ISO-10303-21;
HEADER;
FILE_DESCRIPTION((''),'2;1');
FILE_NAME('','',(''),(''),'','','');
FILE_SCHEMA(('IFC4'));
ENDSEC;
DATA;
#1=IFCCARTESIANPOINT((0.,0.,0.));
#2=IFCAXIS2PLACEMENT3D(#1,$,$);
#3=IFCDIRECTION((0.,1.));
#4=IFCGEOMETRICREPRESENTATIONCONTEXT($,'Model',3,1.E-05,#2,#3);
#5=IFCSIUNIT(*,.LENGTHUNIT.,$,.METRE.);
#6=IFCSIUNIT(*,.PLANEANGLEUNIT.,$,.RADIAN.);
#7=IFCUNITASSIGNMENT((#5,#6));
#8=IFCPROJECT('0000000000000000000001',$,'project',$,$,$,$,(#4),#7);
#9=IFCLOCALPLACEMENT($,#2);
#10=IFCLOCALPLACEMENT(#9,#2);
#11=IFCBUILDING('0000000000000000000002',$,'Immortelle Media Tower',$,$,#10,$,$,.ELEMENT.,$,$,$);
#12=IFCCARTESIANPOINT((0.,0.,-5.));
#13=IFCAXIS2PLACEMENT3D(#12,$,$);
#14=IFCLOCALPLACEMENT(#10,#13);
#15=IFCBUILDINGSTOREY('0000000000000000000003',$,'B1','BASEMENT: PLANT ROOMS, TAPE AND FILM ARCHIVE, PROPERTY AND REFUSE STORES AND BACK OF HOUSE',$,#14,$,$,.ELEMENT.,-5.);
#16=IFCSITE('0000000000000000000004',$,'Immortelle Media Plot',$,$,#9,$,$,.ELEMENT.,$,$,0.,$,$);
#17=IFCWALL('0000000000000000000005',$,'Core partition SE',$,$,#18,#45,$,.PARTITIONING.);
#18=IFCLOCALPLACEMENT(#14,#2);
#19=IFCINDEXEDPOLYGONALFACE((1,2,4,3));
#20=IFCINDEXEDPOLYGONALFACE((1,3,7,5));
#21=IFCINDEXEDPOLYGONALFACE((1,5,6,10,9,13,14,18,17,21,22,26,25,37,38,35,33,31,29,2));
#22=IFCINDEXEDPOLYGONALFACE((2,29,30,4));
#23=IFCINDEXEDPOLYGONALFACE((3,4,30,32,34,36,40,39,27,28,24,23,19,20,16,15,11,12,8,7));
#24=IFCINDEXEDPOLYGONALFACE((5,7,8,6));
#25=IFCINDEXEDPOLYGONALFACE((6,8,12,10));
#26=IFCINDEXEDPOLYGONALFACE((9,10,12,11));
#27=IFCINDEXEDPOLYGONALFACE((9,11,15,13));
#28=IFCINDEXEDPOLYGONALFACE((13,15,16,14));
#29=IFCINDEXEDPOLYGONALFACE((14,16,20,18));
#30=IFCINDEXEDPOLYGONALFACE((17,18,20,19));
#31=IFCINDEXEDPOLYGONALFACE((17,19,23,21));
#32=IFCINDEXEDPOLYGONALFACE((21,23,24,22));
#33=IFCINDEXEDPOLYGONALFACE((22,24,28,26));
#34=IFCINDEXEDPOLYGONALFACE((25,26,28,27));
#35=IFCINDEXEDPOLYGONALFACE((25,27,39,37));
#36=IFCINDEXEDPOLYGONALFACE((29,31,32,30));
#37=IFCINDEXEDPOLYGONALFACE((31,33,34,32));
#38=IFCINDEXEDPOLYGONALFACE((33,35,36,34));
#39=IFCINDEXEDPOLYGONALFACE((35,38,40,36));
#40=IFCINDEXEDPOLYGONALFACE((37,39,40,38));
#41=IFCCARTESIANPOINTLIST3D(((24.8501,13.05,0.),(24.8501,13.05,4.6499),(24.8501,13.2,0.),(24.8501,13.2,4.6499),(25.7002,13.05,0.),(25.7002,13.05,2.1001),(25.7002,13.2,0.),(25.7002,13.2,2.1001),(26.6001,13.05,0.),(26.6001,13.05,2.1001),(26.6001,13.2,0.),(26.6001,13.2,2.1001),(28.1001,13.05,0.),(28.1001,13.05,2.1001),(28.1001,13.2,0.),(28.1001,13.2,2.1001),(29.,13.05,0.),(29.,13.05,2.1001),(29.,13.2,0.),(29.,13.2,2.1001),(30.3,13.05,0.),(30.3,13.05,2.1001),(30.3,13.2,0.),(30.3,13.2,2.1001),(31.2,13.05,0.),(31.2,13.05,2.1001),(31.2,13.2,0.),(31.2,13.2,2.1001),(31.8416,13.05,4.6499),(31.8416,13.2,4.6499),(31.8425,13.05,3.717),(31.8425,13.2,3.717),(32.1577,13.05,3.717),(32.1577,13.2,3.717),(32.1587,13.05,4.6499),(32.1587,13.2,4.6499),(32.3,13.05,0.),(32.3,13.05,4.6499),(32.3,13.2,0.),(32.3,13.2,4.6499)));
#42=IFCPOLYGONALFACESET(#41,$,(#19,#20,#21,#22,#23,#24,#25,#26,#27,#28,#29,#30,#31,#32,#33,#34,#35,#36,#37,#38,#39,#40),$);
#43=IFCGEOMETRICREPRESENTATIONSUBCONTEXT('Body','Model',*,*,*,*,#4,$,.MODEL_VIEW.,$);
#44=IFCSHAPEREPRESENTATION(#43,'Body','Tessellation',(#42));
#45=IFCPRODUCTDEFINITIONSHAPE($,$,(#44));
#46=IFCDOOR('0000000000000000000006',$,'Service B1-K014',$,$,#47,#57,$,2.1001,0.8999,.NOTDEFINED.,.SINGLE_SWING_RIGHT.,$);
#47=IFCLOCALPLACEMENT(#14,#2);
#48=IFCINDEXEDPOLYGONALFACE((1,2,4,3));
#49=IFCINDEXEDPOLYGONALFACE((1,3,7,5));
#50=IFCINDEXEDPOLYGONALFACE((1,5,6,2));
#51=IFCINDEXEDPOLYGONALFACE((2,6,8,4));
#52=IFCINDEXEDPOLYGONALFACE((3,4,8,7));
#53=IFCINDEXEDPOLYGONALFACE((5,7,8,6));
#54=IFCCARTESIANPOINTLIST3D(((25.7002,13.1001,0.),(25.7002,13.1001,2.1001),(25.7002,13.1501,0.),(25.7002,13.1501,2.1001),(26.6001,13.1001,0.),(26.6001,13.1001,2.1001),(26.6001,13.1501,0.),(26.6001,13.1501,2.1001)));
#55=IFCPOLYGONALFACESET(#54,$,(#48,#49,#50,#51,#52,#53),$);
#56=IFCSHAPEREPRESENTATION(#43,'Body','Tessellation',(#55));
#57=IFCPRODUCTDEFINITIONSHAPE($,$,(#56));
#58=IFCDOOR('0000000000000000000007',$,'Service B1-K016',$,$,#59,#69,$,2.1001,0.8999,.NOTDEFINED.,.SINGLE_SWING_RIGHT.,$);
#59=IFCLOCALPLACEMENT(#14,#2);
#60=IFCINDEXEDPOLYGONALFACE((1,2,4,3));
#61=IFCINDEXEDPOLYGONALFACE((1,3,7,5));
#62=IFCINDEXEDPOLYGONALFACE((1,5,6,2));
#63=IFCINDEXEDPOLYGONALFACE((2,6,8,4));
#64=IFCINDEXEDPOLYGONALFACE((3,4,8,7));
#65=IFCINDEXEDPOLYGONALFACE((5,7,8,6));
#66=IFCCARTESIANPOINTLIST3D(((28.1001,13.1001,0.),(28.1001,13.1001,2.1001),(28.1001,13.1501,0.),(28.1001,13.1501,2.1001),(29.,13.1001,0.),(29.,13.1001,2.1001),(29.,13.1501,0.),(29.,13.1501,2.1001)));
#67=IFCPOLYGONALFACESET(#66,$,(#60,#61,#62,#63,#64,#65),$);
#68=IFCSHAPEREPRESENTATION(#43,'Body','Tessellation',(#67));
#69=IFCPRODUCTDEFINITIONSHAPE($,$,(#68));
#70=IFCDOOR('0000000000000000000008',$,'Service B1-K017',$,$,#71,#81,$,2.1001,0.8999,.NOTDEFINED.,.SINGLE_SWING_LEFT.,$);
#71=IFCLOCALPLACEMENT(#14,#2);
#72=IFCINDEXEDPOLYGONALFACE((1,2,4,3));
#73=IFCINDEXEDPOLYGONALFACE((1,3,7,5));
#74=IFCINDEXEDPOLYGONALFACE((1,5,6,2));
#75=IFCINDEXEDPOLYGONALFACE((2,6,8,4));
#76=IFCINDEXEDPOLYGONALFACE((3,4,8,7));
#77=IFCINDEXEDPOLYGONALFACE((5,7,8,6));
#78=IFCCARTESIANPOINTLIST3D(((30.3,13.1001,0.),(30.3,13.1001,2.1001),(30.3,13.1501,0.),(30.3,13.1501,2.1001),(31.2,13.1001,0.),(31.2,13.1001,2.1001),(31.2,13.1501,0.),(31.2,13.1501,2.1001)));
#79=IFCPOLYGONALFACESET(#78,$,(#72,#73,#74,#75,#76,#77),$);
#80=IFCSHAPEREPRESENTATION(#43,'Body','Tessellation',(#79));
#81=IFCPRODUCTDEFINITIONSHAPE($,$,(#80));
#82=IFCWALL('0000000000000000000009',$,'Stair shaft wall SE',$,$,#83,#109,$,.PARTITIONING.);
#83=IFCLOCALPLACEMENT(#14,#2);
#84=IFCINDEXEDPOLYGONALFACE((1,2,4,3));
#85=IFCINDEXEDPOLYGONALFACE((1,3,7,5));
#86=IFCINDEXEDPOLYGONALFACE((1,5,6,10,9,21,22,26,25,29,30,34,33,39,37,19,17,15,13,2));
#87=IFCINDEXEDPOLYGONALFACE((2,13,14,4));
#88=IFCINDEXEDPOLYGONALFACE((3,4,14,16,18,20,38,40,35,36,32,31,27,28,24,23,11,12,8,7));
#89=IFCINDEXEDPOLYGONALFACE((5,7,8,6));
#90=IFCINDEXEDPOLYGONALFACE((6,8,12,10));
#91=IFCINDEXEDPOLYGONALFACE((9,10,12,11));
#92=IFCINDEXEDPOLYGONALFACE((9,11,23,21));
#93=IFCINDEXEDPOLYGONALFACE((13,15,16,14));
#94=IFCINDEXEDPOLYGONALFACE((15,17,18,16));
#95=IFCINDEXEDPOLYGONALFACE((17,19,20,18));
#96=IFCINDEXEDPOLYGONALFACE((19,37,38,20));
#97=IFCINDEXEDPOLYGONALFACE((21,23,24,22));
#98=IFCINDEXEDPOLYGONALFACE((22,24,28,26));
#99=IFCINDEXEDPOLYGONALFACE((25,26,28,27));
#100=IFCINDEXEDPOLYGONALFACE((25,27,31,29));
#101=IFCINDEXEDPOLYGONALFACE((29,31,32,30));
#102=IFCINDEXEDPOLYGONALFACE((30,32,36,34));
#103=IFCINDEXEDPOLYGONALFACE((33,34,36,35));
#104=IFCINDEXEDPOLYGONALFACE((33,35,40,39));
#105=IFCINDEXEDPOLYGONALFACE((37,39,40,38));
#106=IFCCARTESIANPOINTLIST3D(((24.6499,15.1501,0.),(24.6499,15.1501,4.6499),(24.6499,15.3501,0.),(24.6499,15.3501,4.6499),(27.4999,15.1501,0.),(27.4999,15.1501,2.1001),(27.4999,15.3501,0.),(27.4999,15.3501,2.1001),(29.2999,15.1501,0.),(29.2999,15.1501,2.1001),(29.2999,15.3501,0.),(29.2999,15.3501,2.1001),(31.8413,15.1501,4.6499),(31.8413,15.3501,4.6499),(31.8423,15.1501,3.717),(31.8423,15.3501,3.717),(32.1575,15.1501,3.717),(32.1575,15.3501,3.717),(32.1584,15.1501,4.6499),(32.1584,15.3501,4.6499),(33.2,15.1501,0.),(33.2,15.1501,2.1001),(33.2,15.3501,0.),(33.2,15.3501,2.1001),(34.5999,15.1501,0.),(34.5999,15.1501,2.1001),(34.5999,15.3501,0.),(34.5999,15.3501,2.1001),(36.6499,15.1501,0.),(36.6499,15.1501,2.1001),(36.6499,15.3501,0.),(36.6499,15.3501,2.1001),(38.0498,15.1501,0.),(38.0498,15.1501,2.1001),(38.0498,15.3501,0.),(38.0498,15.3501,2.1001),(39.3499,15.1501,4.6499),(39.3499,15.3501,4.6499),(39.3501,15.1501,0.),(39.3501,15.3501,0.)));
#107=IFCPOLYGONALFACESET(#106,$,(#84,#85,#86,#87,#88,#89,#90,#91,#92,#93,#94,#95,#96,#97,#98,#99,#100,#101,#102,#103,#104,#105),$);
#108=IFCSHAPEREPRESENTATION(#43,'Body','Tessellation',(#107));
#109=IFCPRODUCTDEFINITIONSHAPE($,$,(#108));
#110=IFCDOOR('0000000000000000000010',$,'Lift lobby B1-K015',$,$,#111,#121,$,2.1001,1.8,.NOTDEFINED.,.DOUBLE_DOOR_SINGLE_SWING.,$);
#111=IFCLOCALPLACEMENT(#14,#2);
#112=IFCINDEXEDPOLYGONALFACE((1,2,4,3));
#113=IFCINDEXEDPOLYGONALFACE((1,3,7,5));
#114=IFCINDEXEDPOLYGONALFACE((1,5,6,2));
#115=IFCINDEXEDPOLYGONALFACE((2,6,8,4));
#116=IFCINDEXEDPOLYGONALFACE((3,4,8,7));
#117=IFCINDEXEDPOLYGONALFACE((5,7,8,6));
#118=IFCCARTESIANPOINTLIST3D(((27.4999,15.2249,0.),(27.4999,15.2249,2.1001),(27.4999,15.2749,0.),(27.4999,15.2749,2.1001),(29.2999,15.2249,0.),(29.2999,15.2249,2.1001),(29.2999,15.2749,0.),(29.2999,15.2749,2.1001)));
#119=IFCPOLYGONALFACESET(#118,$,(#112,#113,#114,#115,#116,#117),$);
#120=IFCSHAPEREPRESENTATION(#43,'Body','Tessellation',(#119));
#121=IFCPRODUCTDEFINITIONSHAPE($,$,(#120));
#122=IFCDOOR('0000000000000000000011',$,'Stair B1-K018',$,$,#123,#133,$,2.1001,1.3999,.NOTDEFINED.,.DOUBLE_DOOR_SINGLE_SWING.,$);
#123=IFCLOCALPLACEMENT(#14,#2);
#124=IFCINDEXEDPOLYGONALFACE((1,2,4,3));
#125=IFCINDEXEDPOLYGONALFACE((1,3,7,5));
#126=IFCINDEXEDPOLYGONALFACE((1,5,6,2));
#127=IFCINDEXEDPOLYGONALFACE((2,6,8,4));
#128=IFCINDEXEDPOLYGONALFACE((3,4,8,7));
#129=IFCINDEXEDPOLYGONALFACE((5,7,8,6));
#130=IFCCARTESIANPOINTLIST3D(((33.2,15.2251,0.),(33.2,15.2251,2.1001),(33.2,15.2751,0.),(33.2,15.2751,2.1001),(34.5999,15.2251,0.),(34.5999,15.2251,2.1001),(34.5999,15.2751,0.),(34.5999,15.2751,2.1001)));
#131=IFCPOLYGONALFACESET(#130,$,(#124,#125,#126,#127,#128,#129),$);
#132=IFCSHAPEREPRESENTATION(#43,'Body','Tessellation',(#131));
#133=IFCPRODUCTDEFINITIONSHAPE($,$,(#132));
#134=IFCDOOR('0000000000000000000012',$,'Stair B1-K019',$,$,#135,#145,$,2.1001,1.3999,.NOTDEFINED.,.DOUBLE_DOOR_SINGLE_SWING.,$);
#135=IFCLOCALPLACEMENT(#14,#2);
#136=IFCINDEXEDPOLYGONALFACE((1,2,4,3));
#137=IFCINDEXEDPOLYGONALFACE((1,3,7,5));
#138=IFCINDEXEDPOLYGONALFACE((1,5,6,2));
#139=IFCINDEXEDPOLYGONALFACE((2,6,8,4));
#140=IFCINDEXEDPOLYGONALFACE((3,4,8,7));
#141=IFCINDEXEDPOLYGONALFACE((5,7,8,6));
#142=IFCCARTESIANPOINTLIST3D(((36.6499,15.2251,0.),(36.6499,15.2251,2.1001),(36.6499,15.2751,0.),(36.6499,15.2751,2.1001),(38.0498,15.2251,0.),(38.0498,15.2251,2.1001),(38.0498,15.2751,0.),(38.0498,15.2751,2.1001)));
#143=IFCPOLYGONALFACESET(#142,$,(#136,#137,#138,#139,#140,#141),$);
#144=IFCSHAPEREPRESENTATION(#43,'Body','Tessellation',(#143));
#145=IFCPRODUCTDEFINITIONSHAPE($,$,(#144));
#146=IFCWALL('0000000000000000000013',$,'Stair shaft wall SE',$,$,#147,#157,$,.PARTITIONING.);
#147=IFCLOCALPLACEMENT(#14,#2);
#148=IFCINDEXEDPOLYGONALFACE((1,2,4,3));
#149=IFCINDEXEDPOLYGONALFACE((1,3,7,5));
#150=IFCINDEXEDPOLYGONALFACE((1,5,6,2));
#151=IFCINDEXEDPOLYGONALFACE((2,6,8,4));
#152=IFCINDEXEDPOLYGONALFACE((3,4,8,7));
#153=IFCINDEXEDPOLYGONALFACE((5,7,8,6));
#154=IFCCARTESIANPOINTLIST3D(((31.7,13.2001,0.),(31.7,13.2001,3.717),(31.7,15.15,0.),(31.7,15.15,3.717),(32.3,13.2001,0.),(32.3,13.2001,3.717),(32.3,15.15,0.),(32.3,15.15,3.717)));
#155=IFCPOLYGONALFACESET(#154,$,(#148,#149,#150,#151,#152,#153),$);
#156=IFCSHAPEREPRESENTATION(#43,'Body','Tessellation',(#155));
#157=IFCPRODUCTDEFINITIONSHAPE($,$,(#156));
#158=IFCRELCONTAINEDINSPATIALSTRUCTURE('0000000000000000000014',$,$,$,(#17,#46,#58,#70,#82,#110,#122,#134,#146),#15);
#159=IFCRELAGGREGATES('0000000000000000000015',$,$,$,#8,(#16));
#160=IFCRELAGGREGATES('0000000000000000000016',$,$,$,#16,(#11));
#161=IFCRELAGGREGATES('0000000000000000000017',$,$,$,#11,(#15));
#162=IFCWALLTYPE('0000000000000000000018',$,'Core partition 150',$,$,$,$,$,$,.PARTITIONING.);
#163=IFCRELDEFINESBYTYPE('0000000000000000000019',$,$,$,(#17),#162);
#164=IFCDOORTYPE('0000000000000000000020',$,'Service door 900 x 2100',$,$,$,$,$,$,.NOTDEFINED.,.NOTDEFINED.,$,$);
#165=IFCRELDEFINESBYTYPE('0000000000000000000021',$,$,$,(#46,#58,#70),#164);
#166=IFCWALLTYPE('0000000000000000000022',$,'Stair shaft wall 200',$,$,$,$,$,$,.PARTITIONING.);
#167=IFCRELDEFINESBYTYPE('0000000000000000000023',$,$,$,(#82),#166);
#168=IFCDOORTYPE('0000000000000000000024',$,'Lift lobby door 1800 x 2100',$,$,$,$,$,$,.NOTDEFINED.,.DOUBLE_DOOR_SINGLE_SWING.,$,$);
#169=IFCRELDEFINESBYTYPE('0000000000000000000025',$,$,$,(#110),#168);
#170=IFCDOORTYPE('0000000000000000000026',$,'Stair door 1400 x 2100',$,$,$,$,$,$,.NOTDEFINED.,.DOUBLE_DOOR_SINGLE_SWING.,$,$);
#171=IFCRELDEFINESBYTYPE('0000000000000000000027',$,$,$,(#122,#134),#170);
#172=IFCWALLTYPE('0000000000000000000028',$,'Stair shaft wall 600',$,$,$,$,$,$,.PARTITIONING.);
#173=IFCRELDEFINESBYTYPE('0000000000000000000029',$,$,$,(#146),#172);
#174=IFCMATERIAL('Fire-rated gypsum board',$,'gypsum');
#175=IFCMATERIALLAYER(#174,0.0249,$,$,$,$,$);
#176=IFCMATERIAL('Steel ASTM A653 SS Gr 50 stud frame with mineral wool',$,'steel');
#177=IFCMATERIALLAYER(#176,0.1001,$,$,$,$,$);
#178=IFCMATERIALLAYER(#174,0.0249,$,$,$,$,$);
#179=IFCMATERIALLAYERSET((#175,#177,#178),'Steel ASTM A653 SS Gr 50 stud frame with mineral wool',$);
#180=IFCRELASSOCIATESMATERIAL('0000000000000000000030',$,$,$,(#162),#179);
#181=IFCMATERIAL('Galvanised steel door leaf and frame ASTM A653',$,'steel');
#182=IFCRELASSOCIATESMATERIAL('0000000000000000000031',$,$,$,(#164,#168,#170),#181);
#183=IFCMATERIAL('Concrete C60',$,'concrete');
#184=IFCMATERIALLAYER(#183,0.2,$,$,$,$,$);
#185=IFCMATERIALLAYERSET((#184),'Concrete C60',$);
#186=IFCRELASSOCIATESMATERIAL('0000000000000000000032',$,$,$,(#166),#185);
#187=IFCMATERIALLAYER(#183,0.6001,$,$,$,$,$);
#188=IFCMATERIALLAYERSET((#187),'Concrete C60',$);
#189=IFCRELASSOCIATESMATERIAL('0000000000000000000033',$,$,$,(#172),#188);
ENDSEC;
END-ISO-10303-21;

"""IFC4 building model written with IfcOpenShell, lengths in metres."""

from ifc_helpers import new_model, si_unit, direction, frame, frame_2d, origin, place, context, subcontext, project, spatial, polyline, rectangle, outline, extrude, material, layer, layer_set, type_object, element, fill, save


model = new_model("IFC4")

# Units and contexts
model_context = context("Model", 3, precision=1e-05, world=origin(), true_north=direction((0.0, 1.0)))
body_context = subcontext(model_context, "Body", "Model", "MODEL_VIEW")
ifc_project = project(units=[si_unit("LENGTHUNIT", "METRE"), si_unit("PLANEANGLEUNIT", "RADIAN")], contexts=[model_context])

# Site, building, storey
site_placement = place(None, origin())
site = spatial("IfcSite", under=ifc_project, at=site_placement, Name="Immortelle Media Plot", CompositionType="ELEMENT", RefElevation=0.0)
building_placement = place(site_placement, origin())
building = spatial("IfcBuilding", under=site, at=building_placement, Name="Immortelle Media Tower", CompositionType="ELEMENT")
storey_placement = place(building_placement, frame((0.0, 0.0, -5.0)))
storey = spatial("IfcBuildingStorey", under=building, at=storey_placement, Name="B1", Description="BASEMENT: PLANT ROOMS, TAPE AND FILM ARCHIVE, PROPERTY AND REFUSE STORES AND BACK OF HOUSE", CompositionType="ELEMENT", Elevation=-5.0)

# Shared definitions
ifc_material_1 = material(Name="Concrete C60", Category="concrete")

# Walls, openings, doors
ifc_material_2 = material(Name="Fire-rated gypsum board", Category="gypsum")
ifc_layer_1 = layer(ifc_material_2, 0.0249)
ifc_material_3 = material(Name="Steel ASTM A653 SS Gr 50 stud frame with mineral wool", Category="steel")
ifc_layer_2 = layer(ifc_material_3, 0.1001)
ifc_layer_3 = layer(ifc_material_2, 0.0249)
ifc_layer_set_1 = layer_set([ifc_layer_1, ifc_layer_2, ifc_layer_3], Name="Steel ASTM A653 SS Gr 50 stud frame with mineral wool")
wall_type_1 = type_object("IfcWallType", Name="Core partition 150", PredefinedType="PARTITIONING", material=ifc_layer_set_1)
wall_1_placement = place(storey_placement, frame((24.8501, 13.125, 0.0), z_axis=(0.0, 0.0, 1.0), x_axis=(1.0, 0.0, 0.0)))
wall_1 = element("IfcWall", 1, at=wall_1_placement, inside=storey, type_object=wall_type_1, Name="Core partition SE", PredefinedType="PARTITIONING", context=body_context, shape_type="SweptSolid", body=[
    extrude(outline(polyline([(0.0, 0.0), (7.45, 0.0), (7.45, 4.6499), (7.3086, 4.6499), (7.3076, 3.717), (6.9924, 3.717), (6.9915, 4.6499), (0.0, 4.6499), (0.0, 0.0)])), frame((0.0, 0.075, 0.0), z_axis=(0.0, -1.0, 0.0), x_axis=(1.0, 0.0, 0.0)), (0.0, 0.0, 1.0), 0.1499),
])
opening_1_placement = place(wall_1_placement, frame((1.75, 0.0, 0.0), z_axis=(0.0, 0.0, 1.0), x_axis=(-1.0, 0.0, 0.0)))
opening_1 = element("IfcOpeningElement", 2, at=opening_1_placement, cuts=wall_1, PredefinedType="OPENING", context=body_context, shape_type="SweptSolid", body=[
    extrude(rectangle(XDim=0.8999, YDim=2.1001, at=frame_2d((0.45, 1.05))), frame((0.0, 0.085, 0.0), z_axis=(0.0, -1.0, 0.0), x_axis=(1.0, 0.0, 0.0)), (0.0, 0.0, 1.0), 0.1699),
])
opening_2_placement = place(wall_1_placement, frame((4.1499, 0.0, 0.0), z_axis=(0.0, 0.0, 1.0), x_axis=(-1.0, 0.0, 0.0)))
opening_2 = element("IfcOpeningElement", 3, at=opening_2_placement, cuts=wall_1, PredefinedType="OPENING", context=body_context, shape_type="SweptSolid", body=[
    extrude(rectangle(XDim=0.8999, YDim=2.1001, at=frame_2d((0.45, 1.05))), frame((0.0, 0.085, 0.0), z_axis=(0.0, -1.0, 0.0), x_axis=(1.0, 0.0, 0.0)), (0.0, 0.0, 1.0), 0.1699),
])
opening_3_placement = place(wall_1_placement, frame((6.3499, 0.0, 0.0), z_axis=(0.0, 0.0, 1.0), x_axis=(-1.0, 0.0, 0.0)))
opening_3 = element("IfcOpeningElement", 4, at=opening_3_placement, cuts=wall_1, PredefinedType="OPENING", context=body_context, shape_type="SweptSolid", body=[
    extrude(rectangle(XDim=0.8999, YDim=2.1001, at=frame_2d((0.45, 1.05))), frame((0.0, 0.085, 0.0), z_axis=(0.0, -1.0, 0.0), x_axis=(1.0, 0.0, 0.0)), (0.0, 0.0, 1.0), 0.1699),
])
ifc_material_4 = material(Name="Galvanised steel door leaf and frame ASTM A653", Category="steel")
door_type_1 = type_object("IfcDoorType", Name="Service door 900 x 2100", OperationType="NOTDEFINED", PredefinedType="NOTDEFINED", material=ifc_material_4)
door_1_placement = place(opening_1_placement, origin())
door_1 = element("IfcDoor", 5, at=door_1_placement, inside=storey, type_object=door_type_1, Name="Service B1-K014", OperationType="SINGLE_SWING_RIGHT", OverallHeight=2.1001, OverallWidth=0.8999, PredefinedType="NOTDEFINED", context=body_context, shape_type="SweptSolid", body=[
    extrude(rectangle(XDim=0.8999, YDim=2.1001, at=frame_2d((0.45, 1.05))), frame((0.0, 0.0249, 0.0), z_axis=(0.0, -1.0, 0.0), x_axis=(1.0, 0.0, 0.0)), (0.0, 0.0, 1.0), 0.05),
])
fill(opening_1, door_1)
door_2_placement = place(opening_2_placement, origin())
door_2 = element("IfcDoor", 6, at=door_2_placement, inside=storey, type_object=door_type_1, Name="Service B1-K016", OperationType="SINGLE_SWING_RIGHT", OverallHeight=2.1001, OverallWidth=0.8999, PredefinedType="NOTDEFINED", context=body_context, shape_type="SweptSolid", body=[
    extrude(rectangle(XDim=0.8999, YDim=2.1001, at=frame_2d((0.45, 1.05))), frame((0.0, 0.0249, 0.0), z_axis=(0.0, -1.0, 0.0), x_axis=(1.0, 0.0, 0.0)), (0.0, 0.0, 1.0), 0.05),
])
fill(opening_2, door_2)
door_3_placement = place(opening_3_placement, origin())
door_3 = element("IfcDoor", 7, at=door_3_placement, inside=storey, type_object=door_type_1, Name="Service B1-K017", OperationType="SINGLE_SWING_LEFT", OverallHeight=2.1001, OverallWidth=0.8999, PredefinedType="NOTDEFINED", context=body_context, shape_type="SweptSolid", body=[
    extrude(rectangle(XDim=0.8999, YDim=2.1001, at=frame_2d((0.45, 1.05))), frame((0.0, 0.0249, 0.0), z_axis=(0.0, -1.0, 0.0), x_axis=(1.0, 0.0, 0.0)), (0.0, 0.0, 1.0), 0.05),
])
fill(opening_3, door_3)
ifc_layer_4 = layer(ifc_material_1, 0.2)
ifc_layer_set_2 = layer_set([ifc_layer_4], Name="Concrete C60")
wall_type_2 = type_object("IfcWallType", Name="Stair shaft wall 200", PredefinedType="PARTITIONING", material=ifc_layer_set_2)
wall_2_placement = place(storey_placement, frame((24.6499, 15.25, 0.0), z_axis=(0.0, 0.0, 1.0), x_axis=(1.0, 0.0, 0.0)))
wall_2 = element("IfcWall", 8, at=wall_2_placement, inside=storey, type_object=wall_type_2, Name="Stair shaft wall SE", PredefinedType="PARTITIONING", context=body_context, shape_type="SweptSolid", body=[
    extrude(outline(polyline([(0.0, 0.0), (14.7002, 0.0), (14.7, 4.6499), (7.5085, 4.6499), (7.5076, 3.717), (7.1924, 3.717), (7.1914, 4.6499), (0.0, 4.6499), (0.0, 0.0)])), frame((0.0, 0.1001, 0.0), z_axis=(0.0, -1.0, 0.0), x_axis=(1.0, 0.0, 0.0)), (0.0, 0.0, 1.0), 0.2),
])
opening_4_placement = place(wall_2_placement, frame((2.8501, 0.0, 0.0)))
opening_4 = element("IfcOpeningElement", 9, at=opening_4_placement, cuts=wall_2, PredefinedType="OPENING", context=body_context, shape_type="SweptSolid", body=[
    extrude(rectangle(XDim=1.8, YDim=2.1001, at=frame_2d((0.8999, 1.05))), frame((0.0, 0.1099, 0.0), z_axis=(0.0, -1.0, 0.0), x_axis=(1.0, 0.0, 0.0)), (0.0, 0.0, 1.0), 0.22),
])
opening_5_placement = place(wall_2_placement, frame((9.95, 0.0, 0.0), z_axis=(0.0, 0.0, 1.0), x_axis=(-1.0, 0.0, 0.0)))
opening_5 = element("IfcOpeningElement", 10, at=opening_5_placement, cuts=wall_2, PredefinedType="OPENING", context=body_context, shape_type="SweptSolid", body=[
    extrude(rectangle(XDim=1.3999, YDim=2.1001, at=frame_2d((0.7, 1.05))), frame((0.0, 0.1099, 0.0), z_axis=(0.0, -1.0, 0.0), x_axis=(1.0, 0.0, 0.0)), (0.0, 0.0, 1.0), 0.22),
])
opening_6_placement = place(wall_2_placement, frame((13.3999, 0.0, 0.0), z_axis=(0.0, 0.0, 1.0), x_axis=(-1.0, 0.0, 0.0)))
opening_6 = element("IfcOpeningElement", 11, at=opening_6_placement, cuts=wall_2, PredefinedType="OPENING", context=body_context, shape_type="SweptSolid", body=[
    extrude(rectangle(XDim=1.3999, YDim=2.1001, at=frame_2d((0.7, 1.05))), frame((0.0, 0.1099, 0.0), z_axis=(0.0, -1.0, 0.0), x_axis=(1.0, 0.0, 0.0)), (0.0, 0.0, 1.0), 0.22),
])
door_type_2 = type_object("IfcDoorType", Name="Lift lobby door 1800 x 2100", OperationType="DOUBLE_DOOR_SINGLE_SWING", PredefinedType="NOTDEFINED", material=ifc_material_4)
door_4_placement = place(opening_4_placement, origin())
door_4 = element("IfcDoor", 12, at=door_4_placement, inside=storey, type_object=door_type_2, Name="Lift lobby B1-K015", OperationType="DOUBLE_DOOR_SINGLE_SWING", OverallHeight=2.1001, OverallWidth=1.8, PredefinedType="NOTDEFINED", context=body_context, shape_type="SweptSolid", body=[
    extrude(rectangle(XDim=1.8, YDim=2.1001, at=frame_2d((0.8999, 1.05))), frame((0.0, 0.0249, 0.0), z_axis=(0.0, -1.0, 0.0), x_axis=(1.0, 0.0, 0.0)), (0.0, 0.0, 1.0), 0.05),
])
fill(opening_4, door_4)
door_type_3 = type_object("IfcDoorType", Name="Stair door 1400 x 2100", OperationType="DOUBLE_DOOR_SINGLE_SWING", PredefinedType="NOTDEFINED", material=ifc_material_4)
door_5_placement = place(opening_5_placement, origin())
door_5 = element("IfcDoor", 13, at=door_5_placement, inside=storey, type_object=door_type_3, Name="Stair B1-K018", OperationType="DOUBLE_DOOR_SINGLE_SWING", OverallHeight=2.1001, OverallWidth=1.3999, PredefinedType="NOTDEFINED", context=body_context, shape_type="SweptSolid", body=[
    extrude(rectangle(XDim=1.3999, YDim=2.1001, at=frame_2d((0.7, 1.05))), frame((0.0, 0.0249, 0.0), z_axis=(0.0, -1.0, 0.0), x_axis=(1.0, 0.0, 0.0)), (0.0, 0.0, 1.0), 0.05),
])
fill(opening_5, door_5)
door_6_placement = place(opening_6_placement, origin())
door_6 = element("IfcDoor", 14, at=door_6_placement, inside=storey, type_object=door_type_3, Name="Stair B1-K019", OperationType="DOUBLE_DOOR_SINGLE_SWING", OverallHeight=2.1001, OverallWidth=1.3999, PredefinedType="NOTDEFINED", context=body_context, shape_type="SweptSolid", body=[
    extrude(rectangle(XDim=1.3999, YDim=2.1001, at=frame_2d((0.7, 1.05))), frame((0.0, 0.0249, 0.0), z_axis=(0.0, -1.0, 0.0), x_axis=(1.0, 0.0, 0.0)), (0.0, 0.0, 1.0), 0.05),
])
fill(opening_6, door_6)

# Wall
ifc_layer_5 = layer(ifc_material_1, 0.6001)
ifc_layer_set_3 = layer_set([ifc_layer_5], Name="Concrete C60")
wall_type_3 = type_object("IfcWallType", Name="Stair shaft wall 600", PredefinedType="PARTITIONING", material=ifc_layer_set_3)
wall_3_placement = place(storey_placement, frame((32.0, 13.2, 0.0), z_axis=(0.0, 0.0, 1.0), x_axis=(0.0, 1.0, 0.0)))
element("IfcWall", 15, at=wall_3_placement, inside=storey, type_object=wall_type_3, Name="Stair shaft wall SE", PredefinedType="PARTITIONING", context=body_context, shape_type="SweptSolid", body=[
    extrude(rectangle(XDim=1.95, YDim=0.6001, at=frame_2d((0.9751, 0.0))), origin(), (0.0, 0.0, 1.0), 3.717),
])

save(model, "model.ifc")
